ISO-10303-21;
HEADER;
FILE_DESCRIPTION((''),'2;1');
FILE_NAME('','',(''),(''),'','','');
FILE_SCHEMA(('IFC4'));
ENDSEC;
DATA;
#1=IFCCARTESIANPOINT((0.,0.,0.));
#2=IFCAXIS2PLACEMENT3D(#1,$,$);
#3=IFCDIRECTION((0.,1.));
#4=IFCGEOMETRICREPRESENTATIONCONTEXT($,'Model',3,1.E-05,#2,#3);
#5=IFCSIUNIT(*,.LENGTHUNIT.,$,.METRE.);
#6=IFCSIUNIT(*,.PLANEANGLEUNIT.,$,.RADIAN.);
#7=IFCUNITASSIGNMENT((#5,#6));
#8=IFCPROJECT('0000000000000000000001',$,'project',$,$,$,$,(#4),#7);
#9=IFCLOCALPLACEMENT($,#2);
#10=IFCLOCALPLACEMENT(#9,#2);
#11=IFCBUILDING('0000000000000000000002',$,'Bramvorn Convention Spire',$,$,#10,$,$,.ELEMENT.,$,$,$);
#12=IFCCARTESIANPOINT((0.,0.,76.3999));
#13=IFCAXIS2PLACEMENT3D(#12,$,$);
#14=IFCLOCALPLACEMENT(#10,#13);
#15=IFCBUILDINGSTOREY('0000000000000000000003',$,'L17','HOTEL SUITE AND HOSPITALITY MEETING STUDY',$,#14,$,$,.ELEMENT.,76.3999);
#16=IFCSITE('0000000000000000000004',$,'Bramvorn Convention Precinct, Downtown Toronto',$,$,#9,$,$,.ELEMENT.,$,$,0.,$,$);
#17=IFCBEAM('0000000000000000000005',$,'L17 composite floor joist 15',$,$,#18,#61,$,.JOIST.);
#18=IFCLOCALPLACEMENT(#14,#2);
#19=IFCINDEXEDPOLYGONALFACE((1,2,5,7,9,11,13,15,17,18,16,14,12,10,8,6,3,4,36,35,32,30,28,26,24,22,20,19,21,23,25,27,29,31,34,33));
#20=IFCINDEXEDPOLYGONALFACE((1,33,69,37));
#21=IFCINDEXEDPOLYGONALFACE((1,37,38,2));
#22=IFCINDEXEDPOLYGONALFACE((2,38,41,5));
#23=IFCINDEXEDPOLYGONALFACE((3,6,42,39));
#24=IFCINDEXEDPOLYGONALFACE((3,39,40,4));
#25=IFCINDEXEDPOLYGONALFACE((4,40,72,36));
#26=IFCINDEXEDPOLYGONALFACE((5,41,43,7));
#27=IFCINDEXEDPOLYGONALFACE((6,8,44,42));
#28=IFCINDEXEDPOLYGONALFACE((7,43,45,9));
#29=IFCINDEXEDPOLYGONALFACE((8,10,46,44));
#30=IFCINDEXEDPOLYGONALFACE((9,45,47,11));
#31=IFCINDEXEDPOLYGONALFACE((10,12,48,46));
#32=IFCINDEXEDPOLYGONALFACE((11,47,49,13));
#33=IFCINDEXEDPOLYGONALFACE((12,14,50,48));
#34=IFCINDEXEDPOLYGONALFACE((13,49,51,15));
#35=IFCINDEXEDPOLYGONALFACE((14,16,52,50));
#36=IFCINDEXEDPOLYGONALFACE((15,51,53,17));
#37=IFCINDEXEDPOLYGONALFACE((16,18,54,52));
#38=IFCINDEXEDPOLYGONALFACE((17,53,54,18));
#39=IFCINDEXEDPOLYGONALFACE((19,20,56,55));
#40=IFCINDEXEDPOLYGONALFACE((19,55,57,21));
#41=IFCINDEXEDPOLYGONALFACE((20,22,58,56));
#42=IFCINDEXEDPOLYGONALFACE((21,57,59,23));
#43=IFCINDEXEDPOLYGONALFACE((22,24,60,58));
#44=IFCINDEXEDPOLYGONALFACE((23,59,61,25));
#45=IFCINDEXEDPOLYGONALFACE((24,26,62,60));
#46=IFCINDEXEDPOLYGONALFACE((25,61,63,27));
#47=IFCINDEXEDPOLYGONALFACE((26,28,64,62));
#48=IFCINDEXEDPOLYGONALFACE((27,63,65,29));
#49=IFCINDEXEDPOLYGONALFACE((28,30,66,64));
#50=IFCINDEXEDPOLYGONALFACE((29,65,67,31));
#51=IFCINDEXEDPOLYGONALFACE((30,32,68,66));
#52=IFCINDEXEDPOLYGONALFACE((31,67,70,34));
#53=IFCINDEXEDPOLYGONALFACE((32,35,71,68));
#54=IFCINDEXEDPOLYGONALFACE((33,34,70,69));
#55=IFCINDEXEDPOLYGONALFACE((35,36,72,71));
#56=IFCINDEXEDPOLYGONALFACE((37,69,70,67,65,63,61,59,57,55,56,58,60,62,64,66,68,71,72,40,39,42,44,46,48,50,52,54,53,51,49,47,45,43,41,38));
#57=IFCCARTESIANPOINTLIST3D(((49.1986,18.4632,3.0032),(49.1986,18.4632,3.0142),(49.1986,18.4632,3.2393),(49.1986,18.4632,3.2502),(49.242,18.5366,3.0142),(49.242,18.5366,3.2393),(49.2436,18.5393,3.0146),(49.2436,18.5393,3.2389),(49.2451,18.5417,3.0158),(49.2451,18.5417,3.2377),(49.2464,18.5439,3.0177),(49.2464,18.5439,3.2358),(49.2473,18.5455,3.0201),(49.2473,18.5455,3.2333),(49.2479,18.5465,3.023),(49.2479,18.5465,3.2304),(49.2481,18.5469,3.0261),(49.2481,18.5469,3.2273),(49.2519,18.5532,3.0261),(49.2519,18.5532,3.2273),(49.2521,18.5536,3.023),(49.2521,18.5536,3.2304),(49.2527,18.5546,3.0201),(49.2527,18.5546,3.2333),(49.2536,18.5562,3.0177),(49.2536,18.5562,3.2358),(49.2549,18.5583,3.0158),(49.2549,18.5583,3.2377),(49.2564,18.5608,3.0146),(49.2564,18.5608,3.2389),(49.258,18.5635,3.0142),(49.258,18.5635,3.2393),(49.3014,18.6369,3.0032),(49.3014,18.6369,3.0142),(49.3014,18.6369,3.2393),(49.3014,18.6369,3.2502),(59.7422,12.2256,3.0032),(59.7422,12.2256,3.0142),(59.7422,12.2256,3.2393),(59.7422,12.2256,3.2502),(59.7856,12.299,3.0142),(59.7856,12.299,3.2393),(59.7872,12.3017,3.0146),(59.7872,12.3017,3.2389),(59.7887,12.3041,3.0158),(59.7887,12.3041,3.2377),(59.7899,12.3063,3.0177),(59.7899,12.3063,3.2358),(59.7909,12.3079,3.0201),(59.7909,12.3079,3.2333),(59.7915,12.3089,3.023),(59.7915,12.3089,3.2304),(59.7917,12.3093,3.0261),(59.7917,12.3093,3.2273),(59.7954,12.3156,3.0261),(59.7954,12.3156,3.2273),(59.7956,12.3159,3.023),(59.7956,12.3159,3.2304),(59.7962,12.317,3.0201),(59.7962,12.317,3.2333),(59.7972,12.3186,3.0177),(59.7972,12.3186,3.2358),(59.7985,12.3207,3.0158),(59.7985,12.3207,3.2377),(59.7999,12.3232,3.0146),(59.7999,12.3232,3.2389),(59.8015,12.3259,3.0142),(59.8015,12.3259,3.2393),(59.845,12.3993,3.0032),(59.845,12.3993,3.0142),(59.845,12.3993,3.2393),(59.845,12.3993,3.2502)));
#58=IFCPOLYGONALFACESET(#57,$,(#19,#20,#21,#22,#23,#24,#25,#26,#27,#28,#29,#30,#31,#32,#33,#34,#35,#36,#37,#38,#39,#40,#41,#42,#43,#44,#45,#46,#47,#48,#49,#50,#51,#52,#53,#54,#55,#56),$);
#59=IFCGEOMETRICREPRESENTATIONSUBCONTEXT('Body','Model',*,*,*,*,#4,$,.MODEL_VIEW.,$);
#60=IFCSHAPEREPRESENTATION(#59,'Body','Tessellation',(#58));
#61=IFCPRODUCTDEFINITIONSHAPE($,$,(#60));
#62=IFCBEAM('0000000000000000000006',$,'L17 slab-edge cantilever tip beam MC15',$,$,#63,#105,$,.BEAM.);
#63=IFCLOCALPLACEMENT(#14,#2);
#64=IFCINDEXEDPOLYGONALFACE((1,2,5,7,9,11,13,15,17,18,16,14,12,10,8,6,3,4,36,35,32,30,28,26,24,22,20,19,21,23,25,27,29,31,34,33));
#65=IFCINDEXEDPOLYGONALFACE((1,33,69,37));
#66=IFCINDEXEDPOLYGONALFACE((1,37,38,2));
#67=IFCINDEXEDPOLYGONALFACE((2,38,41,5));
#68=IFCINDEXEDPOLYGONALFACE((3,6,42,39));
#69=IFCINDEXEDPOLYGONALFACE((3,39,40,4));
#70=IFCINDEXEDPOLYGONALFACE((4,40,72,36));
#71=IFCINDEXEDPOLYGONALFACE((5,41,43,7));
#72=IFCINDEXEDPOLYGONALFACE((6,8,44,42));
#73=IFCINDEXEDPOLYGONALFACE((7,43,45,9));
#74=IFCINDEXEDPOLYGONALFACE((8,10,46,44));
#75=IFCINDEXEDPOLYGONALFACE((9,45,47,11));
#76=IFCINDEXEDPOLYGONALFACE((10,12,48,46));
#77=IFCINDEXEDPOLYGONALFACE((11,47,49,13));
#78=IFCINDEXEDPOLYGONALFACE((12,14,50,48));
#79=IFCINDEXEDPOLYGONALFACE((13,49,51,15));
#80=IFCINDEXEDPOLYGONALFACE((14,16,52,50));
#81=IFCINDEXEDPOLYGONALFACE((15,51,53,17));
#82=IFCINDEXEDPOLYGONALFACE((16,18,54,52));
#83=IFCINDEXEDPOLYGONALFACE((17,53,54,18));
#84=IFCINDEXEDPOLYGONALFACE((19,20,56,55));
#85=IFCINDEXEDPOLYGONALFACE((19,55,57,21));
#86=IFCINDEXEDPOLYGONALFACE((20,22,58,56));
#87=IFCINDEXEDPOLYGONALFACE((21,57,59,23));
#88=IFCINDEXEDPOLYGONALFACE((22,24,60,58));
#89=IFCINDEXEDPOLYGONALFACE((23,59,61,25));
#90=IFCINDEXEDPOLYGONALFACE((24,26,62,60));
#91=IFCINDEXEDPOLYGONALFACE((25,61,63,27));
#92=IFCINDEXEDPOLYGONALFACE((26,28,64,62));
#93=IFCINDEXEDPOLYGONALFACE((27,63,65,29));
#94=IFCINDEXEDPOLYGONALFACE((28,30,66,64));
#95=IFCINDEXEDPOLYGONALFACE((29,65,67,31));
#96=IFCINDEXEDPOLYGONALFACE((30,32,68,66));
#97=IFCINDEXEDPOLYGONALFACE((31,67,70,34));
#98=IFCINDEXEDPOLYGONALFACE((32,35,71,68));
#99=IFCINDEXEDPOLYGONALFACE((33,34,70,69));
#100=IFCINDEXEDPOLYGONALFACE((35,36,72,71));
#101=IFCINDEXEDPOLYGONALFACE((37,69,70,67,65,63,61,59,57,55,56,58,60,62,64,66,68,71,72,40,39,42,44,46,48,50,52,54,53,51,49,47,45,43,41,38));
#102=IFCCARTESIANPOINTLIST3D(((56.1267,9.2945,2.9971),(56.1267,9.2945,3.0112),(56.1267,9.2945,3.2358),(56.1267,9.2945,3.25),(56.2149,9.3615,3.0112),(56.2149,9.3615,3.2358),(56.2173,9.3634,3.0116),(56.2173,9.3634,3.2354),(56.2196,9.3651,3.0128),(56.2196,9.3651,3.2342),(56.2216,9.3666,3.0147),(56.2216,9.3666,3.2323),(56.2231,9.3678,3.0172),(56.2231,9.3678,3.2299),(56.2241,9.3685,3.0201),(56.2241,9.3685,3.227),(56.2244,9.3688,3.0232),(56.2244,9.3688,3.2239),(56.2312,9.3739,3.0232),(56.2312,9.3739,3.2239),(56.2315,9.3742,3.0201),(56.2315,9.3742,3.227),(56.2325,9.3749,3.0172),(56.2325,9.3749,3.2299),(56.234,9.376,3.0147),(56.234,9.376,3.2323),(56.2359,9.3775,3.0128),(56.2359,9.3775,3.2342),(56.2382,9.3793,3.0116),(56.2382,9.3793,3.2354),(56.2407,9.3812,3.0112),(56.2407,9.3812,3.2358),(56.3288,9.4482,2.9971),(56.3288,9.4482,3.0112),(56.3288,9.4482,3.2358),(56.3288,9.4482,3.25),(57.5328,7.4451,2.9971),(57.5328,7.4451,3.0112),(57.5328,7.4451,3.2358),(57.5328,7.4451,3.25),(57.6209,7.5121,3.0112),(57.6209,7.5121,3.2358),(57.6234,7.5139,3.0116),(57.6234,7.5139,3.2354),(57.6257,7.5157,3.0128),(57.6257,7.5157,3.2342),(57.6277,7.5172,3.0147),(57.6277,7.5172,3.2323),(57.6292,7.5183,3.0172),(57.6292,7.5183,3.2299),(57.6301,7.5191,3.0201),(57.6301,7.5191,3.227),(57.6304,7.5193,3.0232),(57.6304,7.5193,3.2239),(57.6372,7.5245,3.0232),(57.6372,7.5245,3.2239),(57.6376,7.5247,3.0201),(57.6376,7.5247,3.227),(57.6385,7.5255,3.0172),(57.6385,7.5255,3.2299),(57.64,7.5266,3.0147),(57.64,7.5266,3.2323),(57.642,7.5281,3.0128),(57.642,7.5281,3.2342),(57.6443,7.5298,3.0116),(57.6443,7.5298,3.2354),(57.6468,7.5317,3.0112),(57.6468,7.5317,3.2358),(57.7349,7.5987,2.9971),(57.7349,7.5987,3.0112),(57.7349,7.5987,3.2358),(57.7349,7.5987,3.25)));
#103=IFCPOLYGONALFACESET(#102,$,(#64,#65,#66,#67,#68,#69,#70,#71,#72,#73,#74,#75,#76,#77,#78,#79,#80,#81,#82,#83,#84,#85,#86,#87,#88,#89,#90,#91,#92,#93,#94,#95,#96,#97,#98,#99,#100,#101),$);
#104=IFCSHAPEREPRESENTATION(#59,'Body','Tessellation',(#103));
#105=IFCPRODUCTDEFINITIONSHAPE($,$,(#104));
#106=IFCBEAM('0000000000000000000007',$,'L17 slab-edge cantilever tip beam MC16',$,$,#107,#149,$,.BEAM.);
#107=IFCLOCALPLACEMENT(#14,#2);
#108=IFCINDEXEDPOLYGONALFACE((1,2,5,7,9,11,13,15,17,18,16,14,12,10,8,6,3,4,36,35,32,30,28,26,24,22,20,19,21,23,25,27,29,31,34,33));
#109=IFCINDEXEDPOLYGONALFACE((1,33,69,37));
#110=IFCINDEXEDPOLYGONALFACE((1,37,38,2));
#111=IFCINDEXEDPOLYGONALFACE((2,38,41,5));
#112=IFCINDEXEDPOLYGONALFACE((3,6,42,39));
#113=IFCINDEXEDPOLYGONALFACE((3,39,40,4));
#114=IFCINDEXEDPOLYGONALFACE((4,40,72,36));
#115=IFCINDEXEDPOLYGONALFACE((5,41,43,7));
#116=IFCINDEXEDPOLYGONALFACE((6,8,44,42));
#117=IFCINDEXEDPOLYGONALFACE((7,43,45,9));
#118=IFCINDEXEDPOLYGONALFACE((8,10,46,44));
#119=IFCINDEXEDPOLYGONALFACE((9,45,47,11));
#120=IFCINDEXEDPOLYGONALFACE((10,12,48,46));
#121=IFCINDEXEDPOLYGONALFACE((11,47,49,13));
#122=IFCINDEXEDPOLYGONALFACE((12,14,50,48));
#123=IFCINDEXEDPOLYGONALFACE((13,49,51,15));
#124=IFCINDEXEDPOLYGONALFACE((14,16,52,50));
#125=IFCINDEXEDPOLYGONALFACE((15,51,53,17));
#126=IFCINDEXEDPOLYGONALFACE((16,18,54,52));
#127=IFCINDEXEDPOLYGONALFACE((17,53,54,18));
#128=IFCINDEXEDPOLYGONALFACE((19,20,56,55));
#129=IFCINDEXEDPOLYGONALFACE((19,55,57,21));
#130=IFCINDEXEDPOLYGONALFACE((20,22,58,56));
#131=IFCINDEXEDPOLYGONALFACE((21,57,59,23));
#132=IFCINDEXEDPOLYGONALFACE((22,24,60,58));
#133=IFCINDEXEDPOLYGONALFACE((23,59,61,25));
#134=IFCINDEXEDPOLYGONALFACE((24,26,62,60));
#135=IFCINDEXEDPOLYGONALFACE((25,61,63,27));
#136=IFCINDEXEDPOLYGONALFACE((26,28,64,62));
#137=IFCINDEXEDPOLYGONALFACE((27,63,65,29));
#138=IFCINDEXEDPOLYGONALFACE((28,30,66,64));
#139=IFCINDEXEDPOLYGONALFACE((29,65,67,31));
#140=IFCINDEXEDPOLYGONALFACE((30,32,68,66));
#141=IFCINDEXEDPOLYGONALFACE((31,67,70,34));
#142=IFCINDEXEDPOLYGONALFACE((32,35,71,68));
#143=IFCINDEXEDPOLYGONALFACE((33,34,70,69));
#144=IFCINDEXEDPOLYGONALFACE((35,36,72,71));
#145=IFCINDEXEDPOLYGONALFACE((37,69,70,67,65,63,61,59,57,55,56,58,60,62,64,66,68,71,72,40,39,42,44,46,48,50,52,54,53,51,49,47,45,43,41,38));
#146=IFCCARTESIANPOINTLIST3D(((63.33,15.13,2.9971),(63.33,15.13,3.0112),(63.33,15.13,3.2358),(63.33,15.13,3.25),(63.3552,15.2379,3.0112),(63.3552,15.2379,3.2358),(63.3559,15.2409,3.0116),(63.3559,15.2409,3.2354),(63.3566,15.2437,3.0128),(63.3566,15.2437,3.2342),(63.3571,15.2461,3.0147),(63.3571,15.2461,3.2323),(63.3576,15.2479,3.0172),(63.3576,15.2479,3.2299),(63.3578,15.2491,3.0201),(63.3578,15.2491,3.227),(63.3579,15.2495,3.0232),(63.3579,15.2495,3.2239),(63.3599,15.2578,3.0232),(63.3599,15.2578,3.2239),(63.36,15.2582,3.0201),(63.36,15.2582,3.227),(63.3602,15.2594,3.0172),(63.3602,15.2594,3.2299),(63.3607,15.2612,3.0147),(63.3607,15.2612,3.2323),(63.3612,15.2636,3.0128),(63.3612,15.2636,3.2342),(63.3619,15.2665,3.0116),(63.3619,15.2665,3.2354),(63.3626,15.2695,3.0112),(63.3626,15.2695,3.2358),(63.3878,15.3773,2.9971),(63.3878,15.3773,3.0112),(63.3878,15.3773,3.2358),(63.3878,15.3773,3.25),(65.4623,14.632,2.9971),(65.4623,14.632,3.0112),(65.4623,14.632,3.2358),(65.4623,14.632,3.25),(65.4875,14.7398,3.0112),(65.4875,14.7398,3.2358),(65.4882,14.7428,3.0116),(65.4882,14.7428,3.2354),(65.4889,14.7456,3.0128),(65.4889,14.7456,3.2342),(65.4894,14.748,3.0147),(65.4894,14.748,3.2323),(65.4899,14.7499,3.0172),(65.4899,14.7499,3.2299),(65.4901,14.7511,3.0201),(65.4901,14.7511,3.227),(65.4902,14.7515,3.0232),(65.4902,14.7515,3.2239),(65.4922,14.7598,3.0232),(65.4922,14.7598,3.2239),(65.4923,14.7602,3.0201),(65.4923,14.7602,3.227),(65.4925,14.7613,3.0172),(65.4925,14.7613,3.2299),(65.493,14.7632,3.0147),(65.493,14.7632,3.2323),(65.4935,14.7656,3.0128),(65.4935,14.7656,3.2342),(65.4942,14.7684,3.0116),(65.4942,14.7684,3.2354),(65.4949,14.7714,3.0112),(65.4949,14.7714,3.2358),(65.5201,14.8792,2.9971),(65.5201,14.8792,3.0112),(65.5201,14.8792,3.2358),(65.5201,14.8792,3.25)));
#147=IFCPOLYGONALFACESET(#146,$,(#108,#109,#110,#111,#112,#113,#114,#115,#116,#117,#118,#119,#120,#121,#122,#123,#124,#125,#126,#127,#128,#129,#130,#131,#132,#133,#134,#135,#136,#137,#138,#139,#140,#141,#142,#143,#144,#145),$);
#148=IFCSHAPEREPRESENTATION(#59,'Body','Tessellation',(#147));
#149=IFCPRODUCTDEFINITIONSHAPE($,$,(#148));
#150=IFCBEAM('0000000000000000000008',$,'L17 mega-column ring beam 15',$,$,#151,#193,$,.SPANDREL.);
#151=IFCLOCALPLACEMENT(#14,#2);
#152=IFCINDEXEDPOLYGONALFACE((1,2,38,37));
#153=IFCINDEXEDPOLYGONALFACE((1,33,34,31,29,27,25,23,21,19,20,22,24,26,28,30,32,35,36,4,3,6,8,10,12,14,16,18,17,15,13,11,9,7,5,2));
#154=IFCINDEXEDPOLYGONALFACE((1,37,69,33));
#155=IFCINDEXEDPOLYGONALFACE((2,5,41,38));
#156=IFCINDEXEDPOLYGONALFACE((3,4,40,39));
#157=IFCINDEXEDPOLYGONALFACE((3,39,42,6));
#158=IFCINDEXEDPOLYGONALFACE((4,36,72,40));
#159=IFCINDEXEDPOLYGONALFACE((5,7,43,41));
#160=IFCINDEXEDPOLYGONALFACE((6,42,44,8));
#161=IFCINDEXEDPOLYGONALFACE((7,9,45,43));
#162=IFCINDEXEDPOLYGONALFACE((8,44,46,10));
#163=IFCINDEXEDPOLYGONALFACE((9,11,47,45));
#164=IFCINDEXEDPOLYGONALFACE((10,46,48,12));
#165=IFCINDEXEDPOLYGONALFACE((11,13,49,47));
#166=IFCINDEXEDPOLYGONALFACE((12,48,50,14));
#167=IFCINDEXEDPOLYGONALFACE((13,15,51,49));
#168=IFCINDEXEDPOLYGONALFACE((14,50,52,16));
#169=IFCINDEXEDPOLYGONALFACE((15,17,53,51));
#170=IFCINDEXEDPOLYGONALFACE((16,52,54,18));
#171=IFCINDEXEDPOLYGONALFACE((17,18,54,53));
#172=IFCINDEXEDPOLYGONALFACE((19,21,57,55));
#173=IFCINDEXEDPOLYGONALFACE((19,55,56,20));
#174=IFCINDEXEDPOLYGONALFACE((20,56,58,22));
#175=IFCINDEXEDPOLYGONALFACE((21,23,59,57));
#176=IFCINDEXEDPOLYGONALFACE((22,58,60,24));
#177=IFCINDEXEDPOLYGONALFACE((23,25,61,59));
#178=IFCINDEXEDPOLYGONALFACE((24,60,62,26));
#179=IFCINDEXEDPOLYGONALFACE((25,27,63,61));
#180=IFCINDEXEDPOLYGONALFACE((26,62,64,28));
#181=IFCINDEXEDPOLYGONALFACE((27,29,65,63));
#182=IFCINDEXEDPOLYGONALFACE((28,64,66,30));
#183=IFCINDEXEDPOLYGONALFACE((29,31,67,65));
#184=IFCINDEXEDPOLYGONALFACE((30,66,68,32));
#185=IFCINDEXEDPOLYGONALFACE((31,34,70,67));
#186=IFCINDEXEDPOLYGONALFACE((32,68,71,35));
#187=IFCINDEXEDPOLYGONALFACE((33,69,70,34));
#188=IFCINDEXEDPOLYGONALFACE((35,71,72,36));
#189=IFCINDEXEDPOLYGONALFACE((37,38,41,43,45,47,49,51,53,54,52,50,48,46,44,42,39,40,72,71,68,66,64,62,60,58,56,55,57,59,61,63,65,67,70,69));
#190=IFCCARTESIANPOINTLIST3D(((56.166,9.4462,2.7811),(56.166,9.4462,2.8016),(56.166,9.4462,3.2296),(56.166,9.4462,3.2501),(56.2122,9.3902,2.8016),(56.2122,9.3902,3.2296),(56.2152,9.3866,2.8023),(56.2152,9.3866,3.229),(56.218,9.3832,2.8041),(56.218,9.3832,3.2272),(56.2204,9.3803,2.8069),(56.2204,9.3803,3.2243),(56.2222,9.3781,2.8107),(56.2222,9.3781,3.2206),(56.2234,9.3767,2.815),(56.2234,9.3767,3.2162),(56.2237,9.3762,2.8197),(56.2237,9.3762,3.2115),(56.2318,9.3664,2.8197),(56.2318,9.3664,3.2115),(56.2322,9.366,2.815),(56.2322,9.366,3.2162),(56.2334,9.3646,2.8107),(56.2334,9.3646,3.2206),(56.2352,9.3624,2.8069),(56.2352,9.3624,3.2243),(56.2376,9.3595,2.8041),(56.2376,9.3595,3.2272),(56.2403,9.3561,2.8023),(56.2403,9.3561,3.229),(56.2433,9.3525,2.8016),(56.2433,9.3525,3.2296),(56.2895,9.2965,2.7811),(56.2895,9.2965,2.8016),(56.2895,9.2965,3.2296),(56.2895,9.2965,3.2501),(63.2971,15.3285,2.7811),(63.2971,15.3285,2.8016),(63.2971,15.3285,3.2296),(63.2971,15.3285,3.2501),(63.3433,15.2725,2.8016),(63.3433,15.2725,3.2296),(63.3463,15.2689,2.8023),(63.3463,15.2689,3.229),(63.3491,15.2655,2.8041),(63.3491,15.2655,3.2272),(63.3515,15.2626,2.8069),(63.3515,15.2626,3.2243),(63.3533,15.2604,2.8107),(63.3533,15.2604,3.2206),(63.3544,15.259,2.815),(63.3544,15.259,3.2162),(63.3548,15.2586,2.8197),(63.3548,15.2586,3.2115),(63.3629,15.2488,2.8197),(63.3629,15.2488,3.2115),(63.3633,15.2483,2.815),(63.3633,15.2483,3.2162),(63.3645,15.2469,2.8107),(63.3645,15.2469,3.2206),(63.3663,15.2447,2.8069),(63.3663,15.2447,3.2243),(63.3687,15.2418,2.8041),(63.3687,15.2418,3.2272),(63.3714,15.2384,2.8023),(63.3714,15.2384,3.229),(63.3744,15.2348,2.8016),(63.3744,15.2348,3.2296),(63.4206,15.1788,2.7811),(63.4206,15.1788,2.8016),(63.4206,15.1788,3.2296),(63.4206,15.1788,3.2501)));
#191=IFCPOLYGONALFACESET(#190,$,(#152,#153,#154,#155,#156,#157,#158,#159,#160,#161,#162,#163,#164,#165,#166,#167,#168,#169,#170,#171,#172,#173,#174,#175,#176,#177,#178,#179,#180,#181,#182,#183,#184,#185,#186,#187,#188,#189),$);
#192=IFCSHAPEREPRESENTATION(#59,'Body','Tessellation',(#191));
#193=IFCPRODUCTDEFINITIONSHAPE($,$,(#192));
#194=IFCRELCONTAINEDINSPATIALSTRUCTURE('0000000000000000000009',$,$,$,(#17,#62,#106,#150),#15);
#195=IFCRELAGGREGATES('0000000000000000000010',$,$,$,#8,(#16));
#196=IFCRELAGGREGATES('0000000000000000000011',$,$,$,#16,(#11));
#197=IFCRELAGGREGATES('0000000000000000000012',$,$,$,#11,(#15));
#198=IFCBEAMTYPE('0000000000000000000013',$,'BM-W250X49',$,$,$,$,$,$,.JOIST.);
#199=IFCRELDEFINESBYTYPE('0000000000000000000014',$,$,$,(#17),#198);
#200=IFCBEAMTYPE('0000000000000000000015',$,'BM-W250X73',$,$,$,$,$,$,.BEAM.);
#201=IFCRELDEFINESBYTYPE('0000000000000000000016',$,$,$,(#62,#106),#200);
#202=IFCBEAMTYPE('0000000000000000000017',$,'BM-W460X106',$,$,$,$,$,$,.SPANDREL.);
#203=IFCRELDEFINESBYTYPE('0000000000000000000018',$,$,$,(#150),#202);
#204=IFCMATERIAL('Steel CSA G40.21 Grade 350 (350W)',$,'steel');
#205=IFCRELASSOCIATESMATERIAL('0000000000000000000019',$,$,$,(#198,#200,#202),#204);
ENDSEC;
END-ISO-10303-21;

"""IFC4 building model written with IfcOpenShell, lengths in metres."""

from ifc_helpers import new_model, si_unit, direction, frame, origin, origin_2d, place, context, subcontext, project, spatial, i_section, extrude, material, material_profile, profile_set, type_object, element, save


model = new_model("IFC4")

# Units and contexts
model_context = context("Model", 3, precision=1e-05, world=origin(), true_north=direction((0.0, 1.0)))
body_context = subcontext(model_context, "Body", "Model", "MODEL_VIEW")
ifc_project = project(units=[si_unit("LENGTHUNIT", "METRE"), si_unit("PLANEANGLEUNIT", "RADIAN")], contexts=[model_context])

# Site, building, storey
site_placement = place(None, origin())
site = spatial("IfcSite", under=ifc_project, at=site_placement, Name="Bramvorn Convention Precinct, Downtown Toronto", CompositionType="ELEMENT", RefElevation=0.0)
building_placement = place(site_placement, origin())
building = spatial("IfcBuilding", under=site, at=building_placement, Name="Bramvorn Convention Spire", CompositionType="ELEMENT")
storey_placement = place(building_placement, frame((0.0, 0.0, 76.3999)))
storey = spatial("IfcBuildingStorey", under=building, at=storey_placement, Name="L17", Description="HOTEL SUITE AND HOSPITALITY MEETING STUDY", CompositionType="ELEMENT", Elevation=76.3999)

# Shared definitions
ifc_material_1 = material(Name="Steel CSA G40.21 Grade 350 (350W)", Category="steel")

# Beams
ifc_material_profile_1 = material_profile(ifc_material_1, i_section(OverallWidth=0.2019, OverallDepth=0.2471, WebThickness=0.0073, FlangeThickness=0.011, FilletRadius=0.012, at=origin_2d()))
ifc_profile_set_1 = profile_set([ifc_material_profile_1], Name="Steel CSA G40.21 Grade 350 (350W) - W250X49")
beam_type_1 = type_object("IfcBeamType", Name="BM-W250X49", PredefinedType="JOIST", material=ifc_profile_set_1)
beam_1_placement = place(storey_placement, frame((49.25, 18.55, 3.1267), z_axis=(0.860665, -0.509172, 0.0), x_axis=(0.509172, 0.860665, 0.0)))
element("IfcBeam", 1, at=beam_1_placement, inside=storey, type_object=beam_type_1, Name="L17 composite floor joist 15", PredefinedType="JOIST", context=body_context, shape_type="SweptSolid", body=[
    extrude(i_section(OverallWidth=0.2019, OverallDepth=0.2471, WebThickness=0.0073, FlangeThickness=0.011, FilletRadius=0.012, at=origin_2d()), origin(), (0.0, 0.0, 1.0), 12.2505),
])
ifc_material_profile_2 = material_profile(ifc_material_1, i_section(OverallWidth=0.2539, OverallDepth=0.2529, WebThickness=0.0085, FlangeThickness=0.0142, FilletRadius=0.012, at=origin_2d()))
ifc_profile_set_2 = profile_set([ifc_material_profile_2], Name="Steel CSA G40.21 Grade 350 (350W) - W250X73")
beam_type_2 = type_object("IfcBeamType", Name="BM-W250X73", PredefinedType="BEAM", material=ifc_profile_set_2)
beam_2_placement = place(storey_placement, frame((56.2278, 9.3713, 3.1235), z_axis=(0.605216, -0.796061, 0.0), x_axis=(0.796061, 0.605216, 0.0)))
element("IfcBeam", 2, at=beam_2_placement, inside=storey, type_object=beam_type_2, Name="L17 slab-edge cantilever tip beam MC15", PredefinedType="BEAM", context=body_context, shape_type="SweptSolid", body=[
    extrude(i_section(OverallWidth=0.2539, OverallDepth=0.2529, WebThickness=0.0085, FlangeThickness=0.0142, FilletRadius=0.012, at=origin_2d()), origin(), (0.0, 0.0, 1.0), 2.3232),
])
beam_3_placement = place(storey_placement, frame((63.3589, 15.2537, 3.1235), z_axis=(0.97379, -0.227448, 0.0), x_axis=(0.227448, 0.97379, 0.0)))
element("IfcBeam", 3, at=beam_3_placement, inside=storey, type_object=beam_type_2, Name="L17 slab-edge cantilever tip beam MC16", PredefinedType="BEAM", context=body_context, shape_type="SweptSolid", body=[
    extrude(i_section(OverallWidth=0.2539, OverallDepth=0.2529, WebThickness=0.0085, FlangeThickness=0.0142, FilletRadius=0.012, at=origin_2d()), origin(), (0.0, 0.0, 1.0), 2.1897),
])
ifc_material_profile_3 = material_profile(ifc_material_1, i_section(OverallWidth=0.1941, OverallDepth=0.469, WebThickness=0.0127, FlangeThickness=0.0205, FilletRadius=0.0181, at=origin_2d()))
ifc_profile_set_3 = profile_set([ifc_material_profile_3], Name="Steel CSA G40.21 Grade 350 (350W) - W460X106")
beam_type_3 = type_object("IfcBeamType", Name="BM-W460X106", PredefinedType="SPANDREL", material=ifc_profile_set_3)
beam_4_placement = place(storey_placement, frame((56.2278, 9.3713, 3.0156), z_axis=(0.771418, 0.636329, 0.0), x_axis=(-0.636329, 0.771418, 0.0)))
element("IfcBeam", 4, at=beam_4_placement, inside=storey, type_object=beam_type_3, Name="L17 mega-column ring beam 15", PredefinedType="SPANDREL", context=body_context, shape_type="SweptSolid", body=[
    extrude(i_section(OverallWidth=0.1941, OverallDepth=0.469, WebThickness=0.0127, FlangeThickness=0.0205, FilletRadius=0.0181, at=origin_2d()), origin(), (0.0, 0.0, 1.0), 9.2441),
])

save(model, "model.ifc")
